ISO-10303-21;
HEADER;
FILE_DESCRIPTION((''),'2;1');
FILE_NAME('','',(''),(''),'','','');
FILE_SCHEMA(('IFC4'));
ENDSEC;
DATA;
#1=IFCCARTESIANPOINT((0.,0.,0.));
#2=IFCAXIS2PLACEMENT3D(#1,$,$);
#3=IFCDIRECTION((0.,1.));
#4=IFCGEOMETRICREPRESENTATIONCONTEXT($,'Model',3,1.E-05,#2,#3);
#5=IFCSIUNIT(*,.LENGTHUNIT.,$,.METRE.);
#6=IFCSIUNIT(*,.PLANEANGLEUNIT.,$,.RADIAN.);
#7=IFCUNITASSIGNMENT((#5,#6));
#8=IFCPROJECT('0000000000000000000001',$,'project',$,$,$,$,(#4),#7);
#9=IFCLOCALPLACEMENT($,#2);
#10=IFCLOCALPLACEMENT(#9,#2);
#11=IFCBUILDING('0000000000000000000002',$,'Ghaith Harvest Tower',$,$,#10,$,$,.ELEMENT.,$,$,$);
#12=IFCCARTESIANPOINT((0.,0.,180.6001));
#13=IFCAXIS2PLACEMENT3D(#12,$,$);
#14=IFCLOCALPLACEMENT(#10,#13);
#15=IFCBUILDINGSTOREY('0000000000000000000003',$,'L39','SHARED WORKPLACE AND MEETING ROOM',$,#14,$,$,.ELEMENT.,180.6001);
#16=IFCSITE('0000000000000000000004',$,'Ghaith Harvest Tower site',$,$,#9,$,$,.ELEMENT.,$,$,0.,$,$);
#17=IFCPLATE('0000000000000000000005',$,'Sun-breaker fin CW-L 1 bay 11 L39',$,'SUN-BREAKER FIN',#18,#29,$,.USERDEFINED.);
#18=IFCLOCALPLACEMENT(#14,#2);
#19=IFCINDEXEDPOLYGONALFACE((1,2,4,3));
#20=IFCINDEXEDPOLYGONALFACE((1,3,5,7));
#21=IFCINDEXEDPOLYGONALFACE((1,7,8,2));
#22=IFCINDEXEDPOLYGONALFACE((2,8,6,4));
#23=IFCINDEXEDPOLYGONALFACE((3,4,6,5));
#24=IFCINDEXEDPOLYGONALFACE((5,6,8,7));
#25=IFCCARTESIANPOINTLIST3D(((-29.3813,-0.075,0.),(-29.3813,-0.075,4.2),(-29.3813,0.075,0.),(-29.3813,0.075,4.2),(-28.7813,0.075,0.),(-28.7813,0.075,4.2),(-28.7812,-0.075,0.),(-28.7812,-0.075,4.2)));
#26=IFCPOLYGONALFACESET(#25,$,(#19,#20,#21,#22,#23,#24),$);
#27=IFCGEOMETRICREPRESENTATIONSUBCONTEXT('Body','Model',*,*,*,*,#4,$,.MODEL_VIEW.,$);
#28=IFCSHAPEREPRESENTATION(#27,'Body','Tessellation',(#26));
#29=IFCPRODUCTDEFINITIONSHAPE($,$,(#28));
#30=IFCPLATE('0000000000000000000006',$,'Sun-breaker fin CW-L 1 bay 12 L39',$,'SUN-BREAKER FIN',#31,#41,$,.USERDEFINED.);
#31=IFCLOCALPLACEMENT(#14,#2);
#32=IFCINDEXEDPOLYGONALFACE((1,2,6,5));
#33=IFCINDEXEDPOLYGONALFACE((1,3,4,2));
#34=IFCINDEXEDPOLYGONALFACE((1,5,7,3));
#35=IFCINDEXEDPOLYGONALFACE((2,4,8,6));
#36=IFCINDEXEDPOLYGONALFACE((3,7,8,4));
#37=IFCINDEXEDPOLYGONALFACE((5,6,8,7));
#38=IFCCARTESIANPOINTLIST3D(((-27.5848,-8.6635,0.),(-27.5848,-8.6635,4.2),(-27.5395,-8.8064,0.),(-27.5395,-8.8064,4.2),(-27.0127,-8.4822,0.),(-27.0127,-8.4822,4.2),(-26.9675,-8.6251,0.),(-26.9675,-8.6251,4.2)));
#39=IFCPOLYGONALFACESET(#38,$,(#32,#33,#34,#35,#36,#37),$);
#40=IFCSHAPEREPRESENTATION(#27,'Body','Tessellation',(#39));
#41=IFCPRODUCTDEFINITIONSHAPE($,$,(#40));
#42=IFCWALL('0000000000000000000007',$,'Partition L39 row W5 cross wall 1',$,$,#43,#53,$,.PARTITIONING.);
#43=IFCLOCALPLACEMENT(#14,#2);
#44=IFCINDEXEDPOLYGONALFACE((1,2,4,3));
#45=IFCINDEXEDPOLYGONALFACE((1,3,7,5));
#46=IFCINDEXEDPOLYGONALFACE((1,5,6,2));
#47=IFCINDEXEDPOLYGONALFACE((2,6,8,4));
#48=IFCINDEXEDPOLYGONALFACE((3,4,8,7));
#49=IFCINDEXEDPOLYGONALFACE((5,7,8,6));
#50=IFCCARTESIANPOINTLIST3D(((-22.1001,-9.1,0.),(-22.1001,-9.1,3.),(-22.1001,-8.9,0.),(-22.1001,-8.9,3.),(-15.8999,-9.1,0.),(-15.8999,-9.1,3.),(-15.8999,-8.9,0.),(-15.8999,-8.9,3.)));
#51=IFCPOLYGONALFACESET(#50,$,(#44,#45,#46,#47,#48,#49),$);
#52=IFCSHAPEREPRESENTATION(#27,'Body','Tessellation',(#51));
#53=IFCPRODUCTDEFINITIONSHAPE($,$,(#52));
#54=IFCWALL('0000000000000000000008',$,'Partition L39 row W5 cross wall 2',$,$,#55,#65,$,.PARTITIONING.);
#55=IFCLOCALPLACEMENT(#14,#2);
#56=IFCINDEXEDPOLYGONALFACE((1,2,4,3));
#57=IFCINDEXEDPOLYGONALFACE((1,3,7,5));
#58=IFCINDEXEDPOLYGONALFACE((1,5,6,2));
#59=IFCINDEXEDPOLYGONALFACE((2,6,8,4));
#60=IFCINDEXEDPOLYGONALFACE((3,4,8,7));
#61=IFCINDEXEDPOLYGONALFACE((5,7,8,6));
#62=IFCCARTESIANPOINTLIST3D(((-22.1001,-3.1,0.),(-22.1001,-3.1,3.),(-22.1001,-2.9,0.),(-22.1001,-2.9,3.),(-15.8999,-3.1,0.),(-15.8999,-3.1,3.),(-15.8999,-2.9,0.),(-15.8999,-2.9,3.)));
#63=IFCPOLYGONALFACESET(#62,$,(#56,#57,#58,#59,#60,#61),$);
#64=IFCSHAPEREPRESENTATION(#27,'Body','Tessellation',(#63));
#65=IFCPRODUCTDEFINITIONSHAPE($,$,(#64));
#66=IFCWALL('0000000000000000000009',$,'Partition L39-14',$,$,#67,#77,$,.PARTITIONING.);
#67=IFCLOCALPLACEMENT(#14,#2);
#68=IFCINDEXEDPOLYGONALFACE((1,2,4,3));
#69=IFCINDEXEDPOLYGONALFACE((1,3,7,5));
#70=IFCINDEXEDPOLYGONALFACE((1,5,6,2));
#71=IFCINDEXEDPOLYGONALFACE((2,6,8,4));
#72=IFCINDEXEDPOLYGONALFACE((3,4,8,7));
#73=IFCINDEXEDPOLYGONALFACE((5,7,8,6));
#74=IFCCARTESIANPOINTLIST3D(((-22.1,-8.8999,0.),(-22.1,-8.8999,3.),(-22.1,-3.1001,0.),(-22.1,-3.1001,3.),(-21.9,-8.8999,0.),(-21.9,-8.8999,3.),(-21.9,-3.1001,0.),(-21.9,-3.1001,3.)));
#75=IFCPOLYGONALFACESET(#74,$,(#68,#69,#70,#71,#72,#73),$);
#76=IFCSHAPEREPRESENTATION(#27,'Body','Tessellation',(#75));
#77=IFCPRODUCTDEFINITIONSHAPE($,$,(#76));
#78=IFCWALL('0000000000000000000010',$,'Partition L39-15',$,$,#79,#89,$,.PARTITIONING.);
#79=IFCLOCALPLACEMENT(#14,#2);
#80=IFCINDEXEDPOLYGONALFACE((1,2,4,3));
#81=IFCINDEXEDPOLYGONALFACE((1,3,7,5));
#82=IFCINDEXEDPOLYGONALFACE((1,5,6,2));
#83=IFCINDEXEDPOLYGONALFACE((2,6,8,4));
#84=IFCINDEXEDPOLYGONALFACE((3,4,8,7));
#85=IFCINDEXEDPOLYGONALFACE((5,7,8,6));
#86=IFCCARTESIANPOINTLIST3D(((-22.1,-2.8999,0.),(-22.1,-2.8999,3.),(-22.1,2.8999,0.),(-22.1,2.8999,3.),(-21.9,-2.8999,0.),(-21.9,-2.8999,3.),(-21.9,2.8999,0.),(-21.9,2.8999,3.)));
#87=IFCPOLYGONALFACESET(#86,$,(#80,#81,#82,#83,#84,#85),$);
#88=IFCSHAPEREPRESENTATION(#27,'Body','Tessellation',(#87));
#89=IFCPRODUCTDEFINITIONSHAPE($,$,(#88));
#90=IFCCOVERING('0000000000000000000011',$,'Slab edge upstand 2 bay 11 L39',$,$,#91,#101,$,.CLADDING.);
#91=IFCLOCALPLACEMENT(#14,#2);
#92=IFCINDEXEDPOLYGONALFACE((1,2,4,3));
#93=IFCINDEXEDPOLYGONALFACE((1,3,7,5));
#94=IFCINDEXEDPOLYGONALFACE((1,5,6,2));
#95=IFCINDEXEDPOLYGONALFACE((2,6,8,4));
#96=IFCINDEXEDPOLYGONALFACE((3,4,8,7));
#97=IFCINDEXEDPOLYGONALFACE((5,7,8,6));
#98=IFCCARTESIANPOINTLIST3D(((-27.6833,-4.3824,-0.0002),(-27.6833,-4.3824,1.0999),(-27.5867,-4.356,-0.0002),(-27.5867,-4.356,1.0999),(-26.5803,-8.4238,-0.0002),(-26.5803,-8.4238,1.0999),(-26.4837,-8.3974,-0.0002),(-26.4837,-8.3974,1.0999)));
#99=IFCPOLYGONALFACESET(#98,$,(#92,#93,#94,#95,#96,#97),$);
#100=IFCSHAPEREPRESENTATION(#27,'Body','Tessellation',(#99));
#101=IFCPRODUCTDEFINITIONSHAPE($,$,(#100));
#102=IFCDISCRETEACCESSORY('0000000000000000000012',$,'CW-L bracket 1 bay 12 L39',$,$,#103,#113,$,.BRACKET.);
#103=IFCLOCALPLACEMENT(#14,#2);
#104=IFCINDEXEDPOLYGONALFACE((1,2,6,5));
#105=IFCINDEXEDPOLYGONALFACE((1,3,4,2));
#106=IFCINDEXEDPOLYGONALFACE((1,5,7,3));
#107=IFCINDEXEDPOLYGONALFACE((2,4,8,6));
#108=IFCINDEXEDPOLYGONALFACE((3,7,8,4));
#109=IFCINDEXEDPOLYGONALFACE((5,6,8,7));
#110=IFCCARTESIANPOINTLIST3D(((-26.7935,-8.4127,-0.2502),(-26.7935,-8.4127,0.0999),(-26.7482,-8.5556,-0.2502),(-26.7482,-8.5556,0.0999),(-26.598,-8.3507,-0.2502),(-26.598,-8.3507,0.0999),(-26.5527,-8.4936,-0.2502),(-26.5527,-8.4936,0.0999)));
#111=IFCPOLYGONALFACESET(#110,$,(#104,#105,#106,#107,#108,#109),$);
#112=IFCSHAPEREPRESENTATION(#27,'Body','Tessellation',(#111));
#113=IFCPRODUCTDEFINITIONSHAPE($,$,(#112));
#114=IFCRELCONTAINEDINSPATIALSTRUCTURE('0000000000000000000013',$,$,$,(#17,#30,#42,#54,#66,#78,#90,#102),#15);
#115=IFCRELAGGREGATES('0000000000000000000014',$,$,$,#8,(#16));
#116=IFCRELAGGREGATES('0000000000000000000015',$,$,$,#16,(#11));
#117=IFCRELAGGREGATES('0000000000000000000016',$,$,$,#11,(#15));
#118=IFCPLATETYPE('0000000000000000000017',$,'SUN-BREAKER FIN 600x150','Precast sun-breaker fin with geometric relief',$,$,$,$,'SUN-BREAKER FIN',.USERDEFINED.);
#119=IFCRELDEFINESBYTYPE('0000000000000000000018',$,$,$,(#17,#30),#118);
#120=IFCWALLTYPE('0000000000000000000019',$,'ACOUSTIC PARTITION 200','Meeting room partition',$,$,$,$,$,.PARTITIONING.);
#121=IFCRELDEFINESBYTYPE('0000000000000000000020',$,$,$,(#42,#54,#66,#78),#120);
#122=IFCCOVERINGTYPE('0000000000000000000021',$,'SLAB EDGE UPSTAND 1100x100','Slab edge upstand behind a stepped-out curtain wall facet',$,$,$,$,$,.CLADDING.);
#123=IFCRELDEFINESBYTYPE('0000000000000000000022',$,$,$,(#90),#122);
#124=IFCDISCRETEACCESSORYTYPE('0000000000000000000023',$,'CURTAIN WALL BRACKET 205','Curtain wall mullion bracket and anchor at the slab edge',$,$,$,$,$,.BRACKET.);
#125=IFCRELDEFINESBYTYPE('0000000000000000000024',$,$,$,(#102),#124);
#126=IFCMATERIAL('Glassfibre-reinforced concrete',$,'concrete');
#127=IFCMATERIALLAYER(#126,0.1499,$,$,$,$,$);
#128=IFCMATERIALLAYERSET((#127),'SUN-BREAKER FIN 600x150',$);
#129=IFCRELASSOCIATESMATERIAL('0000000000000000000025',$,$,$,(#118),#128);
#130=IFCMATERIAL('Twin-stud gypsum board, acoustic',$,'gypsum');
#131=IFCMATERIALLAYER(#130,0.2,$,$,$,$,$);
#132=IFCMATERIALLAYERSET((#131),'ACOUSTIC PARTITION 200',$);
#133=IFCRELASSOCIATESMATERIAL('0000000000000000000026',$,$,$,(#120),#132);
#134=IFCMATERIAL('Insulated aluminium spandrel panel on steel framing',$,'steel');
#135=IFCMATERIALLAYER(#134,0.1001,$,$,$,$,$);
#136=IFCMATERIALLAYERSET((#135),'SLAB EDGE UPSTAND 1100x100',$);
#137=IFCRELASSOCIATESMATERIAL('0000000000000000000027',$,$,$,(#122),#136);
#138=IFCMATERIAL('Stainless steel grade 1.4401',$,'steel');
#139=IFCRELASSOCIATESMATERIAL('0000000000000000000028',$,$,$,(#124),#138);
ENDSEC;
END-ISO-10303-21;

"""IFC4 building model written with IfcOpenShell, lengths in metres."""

from ifc_helpers import new_model, si_unit, direction, frame, frame_2d, origin, origin_2d, place, context, subcontext, project, spatial, rectangle, extrude, material, layer, layer_set, type_object, element, save


model = new_model("IFC4")

# Units and contexts
model_context = context("Model", 3, precision=1e-05, world=origin(), true_north=direction((0.0, 1.0)))
body_context = subcontext(model_context, "Body", "Model", "MODEL_VIEW")
ifc_project = project(units=[si_unit("LENGTHUNIT", "METRE"), si_unit("PLANEANGLEUNIT", "RADIAN")], contexts=[model_context])

# Site, building, storey
site_placement = place(None, origin())
site = spatial("IfcSite", under=ifc_project, at=site_placement, Name="Ghaith Harvest Tower site", CompositionType="ELEMENT", RefElevation=0.0)
building_placement = place(site_placement, origin())
building = spatial("IfcBuilding", under=site, at=building_placement, Name="Ghaith Harvest Tower", CompositionType="ELEMENT")
storey_placement = place(building_placement, frame((0.0, 0.0, 180.6001)))
storey = spatial("IfcBuildingStorey", under=building, at=storey_placement, Name="L39", Description="SHARED WORKPLACE AND MEETING ROOM", CompositionType="ELEMENT", Elevation=180.6001)

# Plates
ifc_material_1 = material(Name="Glassfibre-reinforced concrete", Category="concrete")
ifc_layer_1 = layer(ifc_material_1, 0.1499)
ifc_layer_set_1 = layer_set([ifc_layer_1], Name="SUN-BREAKER FIN 600x150")
plate_type_1 = type_object("IfcPlateType", Name="SUN-BREAKER FIN 600x150", Description="Precast sun-breaker fin with geometric relief", ElementType="SUN-BREAKER FIN", PredefinedType="USERDEFINED", material=ifc_layer_set_1)
for number, where, z_axis, x_axis, name in (
    (1, (-29.0813, 0.0, 0.0), (0.0, 0.0, 1.0), (-1.0, 0.0, 0.0), "Sun-breaker fin CW-L 1 bay 11 L39"),
    (2, (-27.2761, -8.6443, 0.0), (0.0, 0.0, 1.0), (-0.953273, -0.30211, 0.0), "Sun-breaker fin CW-L 1 bay 12 L39"),
):
    element("IfcPlate", number, at=place(storey_placement, frame(where, z_axis=z_axis, x_axis=x_axis)), inside=storey, type_object=plate_type_1, Name=name, ObjectType="SUN-BREAKER FIN", PredefinedType="USERDEFINED", context=body_context, shape_type="SweptSolid", body=[
        extrude(rectangle(XDim=0.6001, YDim=0.1499, at=origin_2d()), origin(), (0.0, 0.0, 1.0), 4.2),
    ])

# Walls
ifc_material_2 = material(Name="Twin-stud gypsum board, acoustic", Category="gypsum")
ifc_layer_2 = layer(ifc_material_2, 0.2)
ifc_layer_set_2 = layer_set([ifc_layer_2], Name="ACOUSTIC PARTITION 200")
wall_type = type_object("IfcWallType", Name="ACOUSTIC PARTITION 200", Description="Meeting room partition", PredefinedType="PARTITIONING", material=ifc_layer_set_2)
for number, where, z_axis, x_axis, name in (
    (3, (-15.8999, -9.0, 0.0), (0.0, 0.0, 1.0), (-1.0, 0.0, 0.0), "Partition L39 row W5 cross wall 1"),
    (4, (-15.8999, -3.0, 0.0), (0.0, 0.0, 1.0), (-1.0, 0.0, 0.0), "Partition L39 row W5 cross wall 2"),
):
    element("IfcWall", number, at=place(storey_placement, frame(where, z_axis=z_axis, x_axis=x_axis)), inside=storey, type_object=wall_type, Name=name, PredefinedType="PARTITIONING", context=body_context, shape_type="SweptSolid", body=[
        extrude(rectangle(XDim=6.2002, YDim=0.2, at=frame_2d((3.1001, 0.0))), origin(), (0.0, 0.0, 1.0), 3.0),
    ])

# Wall
wall_1_placement = place(storey_placement, frame((-22.0, -8.8999, 0.0), z_axis=(0.0, 0.0, 1.0), x_axis=(0.0, 1.0, 0.0)))
element("IfcWall", 5, at=wall_1_placement, inside=storey, type_object=wall_type, Name="Partition L39-14", PredefinedType="PARTITIONING", context=body_context, shape_type="SweptSolid", body=[
    extrude(rectangle(XDim=5.7998, YDim=0.2, at=frame_2d((2.8999, 0.0))), origin(), (0.0, 0.0, 1.0), 3.0),
])

# Wall
wall_2_placement = place(storey_placement, frame((-22.0, -2.8999, 0.0), z_axis=(0.0, 0.0, 1.0), x_axis=(0.0, 1.0, 0.0)))
element("IfcWall", 6, at=wall_2_placement, inside=storey, type_object=wall_type, Name="Partition L39-15", PredefinedType="PARTITIONING", context=body_context, shape_type="SweptSolid", body=[
    extrude(rectangle(XDim=5.7998, YDim=0.2, at=frame_2d((2.8999, 0.0))), origin(), (0.0, 0.0, 1.0), 3.0),
])

# Covering
ifc_material_3 = material(Name="Insulated aluminium spandrel panel on steel framing", Category="steel")
ifc_layer_3 = layer(ifc_material_3, 0.1001)
ifc_layer_set_3 = layer_set([ifc_layer_3], Name="SLAB EDGE UPSTAND 1100x100")
covering_type = type_object("IfcCoveringType", Name="SLAB EDGE UPSTAND 1100x100", Description="Slab edge upstand behind a stepped-out curtain wall facet", PredefinedType="CLADDING", material=ifc_layer_set_3)
covering_placement = place(storey_placement, frame((-27.0835, -6.3899, -0.0002), z_axis=(0.0, 0.0, 1.0), x_axis=(0.263288, -0.964717, 0.0)))
element("IfcCovering", 7, at=covering_placement, inside=storey, type_object=covering_type, Name="Slab edge upstand 2 bay 11 L39", PredefinedType="CLADDING", context=body_context, shape_type="SweptSolid", body=[
    extrude(rectangle(XDim=4.1892, YDim=0.1001, at=origin_2d()), origin(), (0.0, 0.0, 1.0), 1.1001),
])

# Discrete accessory
ifc_material_4 = material(Name="Stainless steel grade 1.4401", Category="steel")
discrete_accessory_type = type_object("IfcDiscreteAccessoryType", Name="CURTAIN WALL BRACKET 205", Description="Curtain wall mullion bracket and anchor at the slab edge", PredefinedType="BRACKET", material=ifc_material_4)
discrete_accessory_placement = place(storey_placement, frame((-26.6731, -8.4531, -0.2502), z_axis=(0.0, 0.0, 1.0), x_axis=(-0.953273, -0.30211, 0.0)))
element("IfcDiscreteAccessory", 8, at=discrete_accessory_placement, inside=storey, type_object=discrete_accessory_type, Name="CW-L bracket 1 bay 12 L39", PredefinedType="BRACKET", context=body_context, shape_type="SweptSolid", body=[
    extrude(rectangle(XDim=0.2051, YDim=0.1499, at=origin_2d()), origin(), (0.0, 0.0, 1.0), 0.3501),
])

save(model, "model.ifc")
